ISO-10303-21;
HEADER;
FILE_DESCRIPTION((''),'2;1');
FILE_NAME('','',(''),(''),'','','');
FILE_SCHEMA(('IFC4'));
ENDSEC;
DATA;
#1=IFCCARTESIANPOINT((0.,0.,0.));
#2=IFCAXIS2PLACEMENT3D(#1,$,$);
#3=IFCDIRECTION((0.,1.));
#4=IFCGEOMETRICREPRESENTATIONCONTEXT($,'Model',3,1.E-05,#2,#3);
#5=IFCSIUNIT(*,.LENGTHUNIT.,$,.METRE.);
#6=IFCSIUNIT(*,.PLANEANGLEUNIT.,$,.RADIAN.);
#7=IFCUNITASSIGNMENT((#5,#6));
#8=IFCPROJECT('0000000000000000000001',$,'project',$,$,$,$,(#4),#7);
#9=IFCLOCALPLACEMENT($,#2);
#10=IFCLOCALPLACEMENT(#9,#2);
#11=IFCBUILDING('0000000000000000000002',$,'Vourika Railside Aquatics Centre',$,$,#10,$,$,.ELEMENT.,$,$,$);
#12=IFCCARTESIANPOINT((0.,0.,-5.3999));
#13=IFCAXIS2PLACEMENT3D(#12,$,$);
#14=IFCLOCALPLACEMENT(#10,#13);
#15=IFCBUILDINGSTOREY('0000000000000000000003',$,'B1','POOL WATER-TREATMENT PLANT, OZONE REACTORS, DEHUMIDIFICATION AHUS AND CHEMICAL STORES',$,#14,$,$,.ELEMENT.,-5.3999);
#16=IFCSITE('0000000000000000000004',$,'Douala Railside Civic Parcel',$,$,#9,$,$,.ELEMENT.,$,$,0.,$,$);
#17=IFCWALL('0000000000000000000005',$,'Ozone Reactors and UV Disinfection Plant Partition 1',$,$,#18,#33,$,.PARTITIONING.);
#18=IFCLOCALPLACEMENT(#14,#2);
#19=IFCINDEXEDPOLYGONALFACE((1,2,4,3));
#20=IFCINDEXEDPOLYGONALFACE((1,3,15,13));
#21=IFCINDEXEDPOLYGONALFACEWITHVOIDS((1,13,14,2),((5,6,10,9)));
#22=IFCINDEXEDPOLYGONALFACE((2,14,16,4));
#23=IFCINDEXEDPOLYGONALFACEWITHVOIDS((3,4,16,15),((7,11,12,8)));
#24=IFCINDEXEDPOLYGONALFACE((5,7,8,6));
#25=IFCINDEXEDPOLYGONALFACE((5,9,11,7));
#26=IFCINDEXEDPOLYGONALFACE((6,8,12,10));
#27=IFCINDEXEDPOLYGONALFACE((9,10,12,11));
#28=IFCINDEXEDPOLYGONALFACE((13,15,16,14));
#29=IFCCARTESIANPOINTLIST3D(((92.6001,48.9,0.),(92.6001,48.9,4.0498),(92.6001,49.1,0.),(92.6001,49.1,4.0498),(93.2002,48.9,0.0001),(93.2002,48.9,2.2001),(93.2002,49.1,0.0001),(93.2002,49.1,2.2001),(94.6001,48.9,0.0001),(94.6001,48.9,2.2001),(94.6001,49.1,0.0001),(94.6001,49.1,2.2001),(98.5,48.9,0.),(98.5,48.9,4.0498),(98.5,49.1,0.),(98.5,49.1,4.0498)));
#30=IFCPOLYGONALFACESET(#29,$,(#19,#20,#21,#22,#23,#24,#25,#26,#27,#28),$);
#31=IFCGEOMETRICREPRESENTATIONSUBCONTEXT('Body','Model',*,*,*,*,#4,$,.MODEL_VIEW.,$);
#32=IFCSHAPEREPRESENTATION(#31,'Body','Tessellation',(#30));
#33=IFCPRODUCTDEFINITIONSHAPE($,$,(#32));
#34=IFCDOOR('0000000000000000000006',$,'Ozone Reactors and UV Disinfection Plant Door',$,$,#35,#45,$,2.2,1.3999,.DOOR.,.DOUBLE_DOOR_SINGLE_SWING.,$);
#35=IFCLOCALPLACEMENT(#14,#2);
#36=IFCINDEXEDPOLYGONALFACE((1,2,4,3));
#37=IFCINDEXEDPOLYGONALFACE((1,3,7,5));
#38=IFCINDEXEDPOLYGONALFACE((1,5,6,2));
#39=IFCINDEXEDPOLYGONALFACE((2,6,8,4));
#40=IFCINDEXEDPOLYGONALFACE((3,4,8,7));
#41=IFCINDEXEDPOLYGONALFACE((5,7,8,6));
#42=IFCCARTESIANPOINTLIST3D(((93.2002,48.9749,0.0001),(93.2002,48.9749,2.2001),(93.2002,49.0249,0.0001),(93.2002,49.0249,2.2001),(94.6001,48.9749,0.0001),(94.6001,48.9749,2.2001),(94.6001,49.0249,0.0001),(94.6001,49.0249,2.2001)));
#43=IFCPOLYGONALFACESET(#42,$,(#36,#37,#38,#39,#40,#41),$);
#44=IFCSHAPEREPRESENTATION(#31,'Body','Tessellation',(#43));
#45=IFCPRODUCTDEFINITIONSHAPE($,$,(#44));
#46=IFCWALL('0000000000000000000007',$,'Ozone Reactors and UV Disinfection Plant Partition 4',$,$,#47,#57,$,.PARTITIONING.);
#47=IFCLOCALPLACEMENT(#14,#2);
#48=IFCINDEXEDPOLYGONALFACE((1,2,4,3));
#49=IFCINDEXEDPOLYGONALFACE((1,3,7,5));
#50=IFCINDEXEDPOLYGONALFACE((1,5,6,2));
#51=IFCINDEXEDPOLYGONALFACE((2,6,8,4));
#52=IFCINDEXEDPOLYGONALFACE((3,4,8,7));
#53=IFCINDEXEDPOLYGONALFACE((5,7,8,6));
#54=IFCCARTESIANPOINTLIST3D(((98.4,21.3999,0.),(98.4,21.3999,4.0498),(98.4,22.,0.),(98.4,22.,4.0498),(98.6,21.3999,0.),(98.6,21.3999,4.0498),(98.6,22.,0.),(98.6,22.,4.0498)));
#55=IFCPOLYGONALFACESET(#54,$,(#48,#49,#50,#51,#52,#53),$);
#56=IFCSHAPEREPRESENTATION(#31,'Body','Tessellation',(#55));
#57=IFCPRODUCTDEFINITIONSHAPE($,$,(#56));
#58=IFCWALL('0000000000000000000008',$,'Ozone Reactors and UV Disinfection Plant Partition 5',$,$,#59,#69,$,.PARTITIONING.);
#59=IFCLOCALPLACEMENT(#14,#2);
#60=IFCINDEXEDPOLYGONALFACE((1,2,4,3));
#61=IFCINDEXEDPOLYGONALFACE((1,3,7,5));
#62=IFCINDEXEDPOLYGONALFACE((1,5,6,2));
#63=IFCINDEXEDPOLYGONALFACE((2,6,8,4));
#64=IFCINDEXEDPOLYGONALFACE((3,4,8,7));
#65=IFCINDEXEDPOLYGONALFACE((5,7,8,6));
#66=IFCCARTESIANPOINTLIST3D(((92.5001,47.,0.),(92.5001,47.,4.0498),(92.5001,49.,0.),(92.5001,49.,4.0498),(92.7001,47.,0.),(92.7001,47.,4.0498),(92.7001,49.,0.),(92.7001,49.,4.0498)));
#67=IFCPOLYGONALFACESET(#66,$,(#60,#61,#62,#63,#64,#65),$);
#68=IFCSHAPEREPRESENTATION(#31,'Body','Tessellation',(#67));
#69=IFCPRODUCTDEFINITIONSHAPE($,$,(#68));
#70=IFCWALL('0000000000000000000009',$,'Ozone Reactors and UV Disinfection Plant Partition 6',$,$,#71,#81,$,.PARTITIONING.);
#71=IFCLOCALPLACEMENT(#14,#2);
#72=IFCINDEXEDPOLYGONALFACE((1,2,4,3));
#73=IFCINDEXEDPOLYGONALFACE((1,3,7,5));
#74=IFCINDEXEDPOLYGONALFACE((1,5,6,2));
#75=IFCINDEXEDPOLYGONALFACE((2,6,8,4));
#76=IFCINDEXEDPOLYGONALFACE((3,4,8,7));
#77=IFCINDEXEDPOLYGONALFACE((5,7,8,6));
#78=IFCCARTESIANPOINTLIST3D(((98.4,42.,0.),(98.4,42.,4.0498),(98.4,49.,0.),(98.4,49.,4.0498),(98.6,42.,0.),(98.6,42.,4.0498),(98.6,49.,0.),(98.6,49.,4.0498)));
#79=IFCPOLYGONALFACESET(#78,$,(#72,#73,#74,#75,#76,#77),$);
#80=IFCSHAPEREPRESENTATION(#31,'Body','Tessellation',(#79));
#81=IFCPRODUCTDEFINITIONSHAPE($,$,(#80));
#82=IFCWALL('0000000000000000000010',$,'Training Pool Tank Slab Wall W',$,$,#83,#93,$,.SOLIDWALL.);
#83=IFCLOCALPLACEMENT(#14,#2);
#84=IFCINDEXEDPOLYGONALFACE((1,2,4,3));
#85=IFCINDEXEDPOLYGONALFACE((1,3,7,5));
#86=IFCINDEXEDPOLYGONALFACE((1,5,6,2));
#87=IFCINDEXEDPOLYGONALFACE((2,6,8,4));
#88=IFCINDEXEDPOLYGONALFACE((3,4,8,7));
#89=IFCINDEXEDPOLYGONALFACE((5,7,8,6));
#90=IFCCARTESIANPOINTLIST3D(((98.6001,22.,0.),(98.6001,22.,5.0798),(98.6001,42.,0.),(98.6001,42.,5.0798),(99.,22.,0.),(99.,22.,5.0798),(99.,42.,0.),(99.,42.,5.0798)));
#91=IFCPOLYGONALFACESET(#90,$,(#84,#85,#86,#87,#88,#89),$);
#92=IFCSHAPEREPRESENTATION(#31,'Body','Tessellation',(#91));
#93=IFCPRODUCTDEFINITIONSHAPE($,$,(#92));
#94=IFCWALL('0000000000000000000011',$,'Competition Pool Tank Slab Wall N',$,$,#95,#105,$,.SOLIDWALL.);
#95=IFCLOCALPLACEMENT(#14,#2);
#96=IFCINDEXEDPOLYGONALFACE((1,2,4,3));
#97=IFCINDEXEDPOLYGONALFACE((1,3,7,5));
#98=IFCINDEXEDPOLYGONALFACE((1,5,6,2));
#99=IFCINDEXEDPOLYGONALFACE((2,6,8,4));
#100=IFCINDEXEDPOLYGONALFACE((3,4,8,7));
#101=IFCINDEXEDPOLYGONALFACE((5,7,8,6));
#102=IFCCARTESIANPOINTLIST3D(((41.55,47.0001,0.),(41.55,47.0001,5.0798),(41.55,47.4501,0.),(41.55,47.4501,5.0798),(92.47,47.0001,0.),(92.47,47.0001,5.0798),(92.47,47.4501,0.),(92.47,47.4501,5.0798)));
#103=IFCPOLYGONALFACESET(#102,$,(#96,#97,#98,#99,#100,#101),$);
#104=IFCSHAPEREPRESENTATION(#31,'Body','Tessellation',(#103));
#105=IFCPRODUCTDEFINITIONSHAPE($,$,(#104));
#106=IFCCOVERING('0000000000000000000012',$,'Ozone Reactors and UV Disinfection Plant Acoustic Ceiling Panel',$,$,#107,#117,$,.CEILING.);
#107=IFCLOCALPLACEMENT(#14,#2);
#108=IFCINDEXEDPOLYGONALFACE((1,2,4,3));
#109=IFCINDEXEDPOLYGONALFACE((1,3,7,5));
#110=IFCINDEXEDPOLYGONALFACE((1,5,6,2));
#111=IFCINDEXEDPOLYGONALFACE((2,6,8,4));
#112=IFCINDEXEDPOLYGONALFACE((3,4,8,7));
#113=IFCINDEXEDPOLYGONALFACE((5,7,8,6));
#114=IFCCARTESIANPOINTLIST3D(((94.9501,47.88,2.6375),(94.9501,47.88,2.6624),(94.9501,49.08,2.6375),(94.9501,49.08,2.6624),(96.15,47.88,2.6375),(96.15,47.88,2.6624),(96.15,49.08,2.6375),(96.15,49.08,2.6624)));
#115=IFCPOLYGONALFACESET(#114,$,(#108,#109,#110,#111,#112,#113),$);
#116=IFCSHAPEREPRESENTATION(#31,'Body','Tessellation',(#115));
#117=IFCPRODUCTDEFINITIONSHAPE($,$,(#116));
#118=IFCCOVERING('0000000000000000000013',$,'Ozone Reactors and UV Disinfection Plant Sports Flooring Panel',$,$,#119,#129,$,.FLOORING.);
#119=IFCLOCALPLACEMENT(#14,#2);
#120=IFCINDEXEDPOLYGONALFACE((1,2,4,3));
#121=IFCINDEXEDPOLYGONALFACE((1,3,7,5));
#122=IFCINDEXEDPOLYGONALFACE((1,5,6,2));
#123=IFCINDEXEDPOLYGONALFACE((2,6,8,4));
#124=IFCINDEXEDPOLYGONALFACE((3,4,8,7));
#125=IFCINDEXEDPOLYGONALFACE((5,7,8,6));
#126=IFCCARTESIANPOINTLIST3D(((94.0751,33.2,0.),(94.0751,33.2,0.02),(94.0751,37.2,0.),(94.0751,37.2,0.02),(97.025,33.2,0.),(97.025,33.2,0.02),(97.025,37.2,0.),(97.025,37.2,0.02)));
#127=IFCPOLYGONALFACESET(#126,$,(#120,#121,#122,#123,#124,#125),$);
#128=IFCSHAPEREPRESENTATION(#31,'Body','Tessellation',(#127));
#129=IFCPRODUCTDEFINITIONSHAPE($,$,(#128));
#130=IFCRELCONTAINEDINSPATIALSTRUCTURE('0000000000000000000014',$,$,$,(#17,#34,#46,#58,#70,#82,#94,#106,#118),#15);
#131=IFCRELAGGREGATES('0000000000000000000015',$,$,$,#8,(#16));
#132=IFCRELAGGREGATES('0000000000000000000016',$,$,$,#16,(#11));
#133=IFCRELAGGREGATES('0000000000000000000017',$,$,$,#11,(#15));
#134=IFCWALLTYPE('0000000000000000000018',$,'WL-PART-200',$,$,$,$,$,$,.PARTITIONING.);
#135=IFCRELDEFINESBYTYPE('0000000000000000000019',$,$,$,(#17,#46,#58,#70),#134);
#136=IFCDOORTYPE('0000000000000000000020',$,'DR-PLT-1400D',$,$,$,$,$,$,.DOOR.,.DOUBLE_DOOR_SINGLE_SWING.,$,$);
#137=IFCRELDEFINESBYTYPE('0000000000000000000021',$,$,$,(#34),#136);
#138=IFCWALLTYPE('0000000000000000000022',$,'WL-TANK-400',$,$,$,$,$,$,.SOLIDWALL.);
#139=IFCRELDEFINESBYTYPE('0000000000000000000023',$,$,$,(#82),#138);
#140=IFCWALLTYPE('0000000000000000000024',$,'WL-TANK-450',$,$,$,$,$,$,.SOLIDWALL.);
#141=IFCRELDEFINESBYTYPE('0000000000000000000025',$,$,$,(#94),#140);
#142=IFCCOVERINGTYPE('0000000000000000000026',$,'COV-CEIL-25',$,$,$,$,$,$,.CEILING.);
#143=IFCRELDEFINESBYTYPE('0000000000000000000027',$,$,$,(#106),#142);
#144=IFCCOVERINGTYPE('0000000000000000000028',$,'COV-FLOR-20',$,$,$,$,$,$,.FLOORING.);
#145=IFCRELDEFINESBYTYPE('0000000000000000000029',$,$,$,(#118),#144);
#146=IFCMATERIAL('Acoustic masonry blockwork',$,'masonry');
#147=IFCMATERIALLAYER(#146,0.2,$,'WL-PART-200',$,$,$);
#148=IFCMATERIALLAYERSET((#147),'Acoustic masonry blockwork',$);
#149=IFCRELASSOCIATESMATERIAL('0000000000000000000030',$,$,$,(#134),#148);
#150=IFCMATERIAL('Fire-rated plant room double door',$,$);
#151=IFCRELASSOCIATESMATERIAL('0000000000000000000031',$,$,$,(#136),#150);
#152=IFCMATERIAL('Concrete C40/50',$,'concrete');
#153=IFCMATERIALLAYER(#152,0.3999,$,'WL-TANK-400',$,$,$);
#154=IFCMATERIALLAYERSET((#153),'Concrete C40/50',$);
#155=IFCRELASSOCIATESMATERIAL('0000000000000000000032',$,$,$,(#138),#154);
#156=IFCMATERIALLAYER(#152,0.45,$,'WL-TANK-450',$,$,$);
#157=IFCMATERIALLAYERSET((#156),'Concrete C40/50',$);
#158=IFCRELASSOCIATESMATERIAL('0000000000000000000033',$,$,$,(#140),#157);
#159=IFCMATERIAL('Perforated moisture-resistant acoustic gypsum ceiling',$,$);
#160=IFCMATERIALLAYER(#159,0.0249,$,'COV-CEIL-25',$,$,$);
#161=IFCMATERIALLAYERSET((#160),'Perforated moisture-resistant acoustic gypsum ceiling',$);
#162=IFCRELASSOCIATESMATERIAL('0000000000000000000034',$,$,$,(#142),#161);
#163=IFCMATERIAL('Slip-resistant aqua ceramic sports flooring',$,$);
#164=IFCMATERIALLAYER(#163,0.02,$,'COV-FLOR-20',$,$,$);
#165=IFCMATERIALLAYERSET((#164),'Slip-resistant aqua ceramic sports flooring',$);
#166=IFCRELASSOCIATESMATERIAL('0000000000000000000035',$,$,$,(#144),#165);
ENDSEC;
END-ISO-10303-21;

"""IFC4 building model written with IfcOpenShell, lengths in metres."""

from ifc_helpers import new_model, si_unit, direction, frame, frame_2d, origin, origin_2d, place, context, subcontext, project, spatial, rectangle, extrude, material, layer, layer_set, type_object, element, fill, save


model = new_model("IFC4")

# Units and contexts
model_context = context("Model", 3, precision=1e-05, world=origin(), true_north=direction((0.0, 1.0)))
body_context = subcontext(model_context, "Body", "Model", "MODEL_VIEW")
ifc_project = project(units=[si_unit("LENGTHUNIT", "METRE"), si_unit("PLANEANGLEUNIT", "RADIAN")], contexts=[model_context])

# Site, building, storey
site_placement = place(None, origin())
site = spatial("IfcSite", under=ifc_project, at=site_placement, Name="Douala Railside Civic Parcel", CompositionType="ELEMENT", RefElevation=0.0)
building_placement = place(site_placement, origin())
building = spatial("IfcBuilding", under=site, at=building_placement, Name="Vourika Railside Aquatics Centre", CompositionType="ELEMENT")
storey_placement = place(building_placement, frame((0.0, 0.0, -5.3999)))
storey = spatial("IfcBuildingStorey", under=building, at=storey_placement, Name="B1", Description="POOL WATER-TREATMENT PLANT, OZONE REACTORS, DEHUMIDIFICATION AHUS AND CHEMICAL STORES", CompositionType="ELEMENT", Elevation=-5.3999)

# Shared definitions
ifc_material_1 = material(Name="Concrete C40/50", Category="concrete")

# Wall, opening, door
ifc_material_2 = material(Name="Acoustic masonry blockwork", Category="masonry")
ifc_layer_1 = layer(ifc_material_2, 0.2, Name="WL-PART-200")
ifc_layer_set_1 = layer_set([ifc_layer_1], Name="Acoustic masonry blockwork")
wall_type_1 = type_object("IfcWallType", Name="WL-PART-200", PredefinedType="PARTITIONING", material=ifc_layer_set_1)
wall_1_placement = place(storey_placement, frame((92.6001, 49.0, 0.0), z_axis=(0.0, 0.0, 1.0), x_axis=(1.0, 0.0, 0.0)))
wall_1 = element("IfcWall", 1, at=wall_1_placement, inside=storey, type_object=wall_type_1, Name="Ozone Reactors and UV Disinfection Plant Partition 1", PredefinedType="PARTITIONING", context=body_context, shape_type="SweptSolid", body=[
    extrude(rectangle(XDim=5.8999, YDim=0.2, at=frame_2d((2.95, 0.0))), origin(), (0.0, 0.0, 1.0), 4.0498),
])
opening_placement = place(wall_1_placement, frame((0.6001, 0.0, 0.0)))
opening = element("IfcOpeningElement", 2, at=opening_placement, cuts=wall_1, PredefinedType="OPENING", context=body_context, shape_type="SweptSolid", body=[
    extrude(rectangle(XDim=1.3999, YDim=2.2, at=frame_2d((0.7, 1.1001))), frame((0.0, 0.1099, 0.0), z_axis=(0.0, -1.0, 0.0), x_axis=(1.0, 0.0, 0.0)), (0.0, 0.0, 1.0), 0.22),
])
ifc_material_3 = material(Name="Fire-rated plant room double door")
door_type = type_object("IfcDoorType", Name="DR-PLT-1400D", OperationType="DOUBLE_DOOR_SINGLE_SWING", PredefinedType="DOOR", material=ifc_material_3)
door_placement = place(opening_placement, origin())
door = element("IfcDoor", 3, at=door_placement, inside=storey, type_object=door_type, Name="Ozone Reactors and UV Disinfection Plant Door", OperationType="DOUBLE_DOOR_SINGLE_SWING", OverallHeight=2.2, OverallWidth=1.3999, PredefinedType="DOOR", context=body_context, shape_type="SweptSolid", body=[
    extrude(rectangle(XDim=1.3999, YDim=2.2, at=frame_2d((0.7, 1.1001))), frame((0.0, 0.0249, 0.0), z_axis=(0.0, -1.0, 0.0), x_axis=(1.0, 0.0, 0.0)), (0.0, 0.0, 1.0), 0.05),
])
fill(opening, door)

# Walls
wall_2_placement = place(storey_placement, frame((98.5, 22.0, 0.0), z_axis=(0.0, 0.0, 1.0), x_axis=(0.0, -1.0, 0.0)))
element("IfcWall", 4, at=wall_2_placement, inside=storey, type_object=wall_type_1, Name="Ozone Reactors and UV Disinfection Plant Partition 4", PredefinedType="PARTITIONING", context=body_context, shape_type="SweptSolid", body=[
    extrude(rectangle(XDim=0.6001, YDim=0.2, at=frame_2d((0.3, 0.0))), origin(), (0.0, 0.0, 1.0), 4.0498),
])
wall_3_placement = place(storey_placement, frame((92.6001, 47.0, 0.0), z_axis=(0.0, 0.0, 1.0), x_axis=(0.0, 1.0, 0.0)))
element("IfcWall", 5, at=wall_3_placement, inside=storey, type_object=wall_type_1, Name="Ozone Reactors and UV Disinfection Plant Partition 5", PredefinedType="PARTITIONING", context=body_context, shape_type="SweptSolid", body=[
    extrude(rectangle(XDim=2.0, YDim=0.2, at=frame_2d((1.0, 0.0))), origin(), (0.0, 0.0, 1.0), 4.0498),
])
wall_4_placement = place(storey_placement, frame((98.5, 49.0, 0.0), z_axis=(0.0, 0.0, 1.0), x_axis=(0.0, -1.0, 0.0)))
element("IfcWall", 6, at=wall_4_placement, inside=storey, type_object=wall_type_1, Name="Ozone Reactors and UV Disinfection Plant Partition 6", PredefinedType="PARTITIONING", context=body_context, shape_type="SweptSolid", body=[
    extrude(rectangle(XDim=7.0, YDim=0.2, at=frame_2d((3.5, 0.0))), origin(), (0.0, 0.0, 1.0), 4.0498),
])
ifc_layer_2 = layer(ifc_material_1, 0.3999, Name="WL-TANK-400")
ifc_layer_set_2 = layer_set([ifc_layer_2], Name="Concrete C40/50")
wall_type_2 = type_object("IfcWallType", Name="WL-TANK-400", PredefinedType="SOLIDWALL", material=ifc_layer_set_2)
wall_5_placement = place(storey_placement, frame((98.8, 42.0, 0.0), z_axis=(0.0, 0.0, 1.0), x_axis=(0.0, -1.0, 0.0)))
element("IfcWall", 7, at=wall_5_placement, inside=storey, type_object=wall_type_2, Name="Training Pool Tank Slab Wall W", PredefinedType="SOLIDWALL", context=body_context, shape_type="SweptSolid", body=[
    extrude(rectangle(XDim=20.0, YDim=0.3999, at=frame_2d((10.0, 0.0))), origin(), (0.0, 0.0, 1.0), 5.0798),
])
ifc_layer_3 = layer(ifc_material_1, 0.45, Name="WL-TANK-450")
ifc_layer_set_3 = layer_set([ifc_layer_3], Name="Concrete C40/50")
wall_type_3 = type_object("IfcWallType", Name="WL-TANK-450", PredefinedType="SOLIDWALL", material=ifc_layer_set_3)
wall_6_placement = place(storey_placement, frame((92.47, 47.2251, 0.0), z_axis=(0.0, 0.0, 1.0), x_axis=(-1.0, 0.0, 0.0)))
element("IfcWall", 8, at=wall_6_placement, inside=storey, type_object=wall_type_3, Name="Competition Pool Tank Slab Wall N", PredefinedType="SOLIDWALL", context=body_context, shape_type="SweptSolid", body=[
    extrude(rectangle(XDim=50.9199, YDim=0.45, at=frame_2d((25.46, 0.0))), origin(), (0.0, 0.0, 1.0), 5.0798),
])

# Coverings
ifc_material_4 = material(Name="Perforated moisture-resistant acoustic gypsum ceiling")
ifc_layer_4 = layer(ifc_material_4, 0.0249, Name="COV-CEIL-25")
ifc_layer_set_4 = layer_set([ifc_layer_4], Name="Perforated moisture-resistant acoustic gypsum ceiling")
covering_type_1 = type_object("IfcCoveringType", Name="COV-CEIL-25", PredefinedType="CEILING", material=ifc_layer_set_4)
covering_1_placement = place(storey_placement, frame((95.55, 48.48, 2.6375), z_axis=(0.0, 0.0, 1.0), x_axis=(1.0, 0.0, 0.0)))
element("IfcCovering", 9, at=covering_1_placement, inside=storey, type_object=covering_type_1, Name="Ozone Reactors and UV Disinfection Plant Acoustic Ceiling Panel", PredefinedType="CEILING", context=body_context, shape_type="SweptSolid", body=[
    extrude(rectangle(XDim=1.2, YDim=1.2, at=origin_2d()), origin(), (0.0, 0.0, 1.0), 0.0249),
])
ifc_material_5 = material(Name="Slip-resistant aqua ceramic sports flooring")
ifc_layer_5 = layer(ifc_material_5, 0.02, Name="COV-FLOR-20")
ifc_layer_set_5 = layer_set([ifc_layer_5], Name="Slip-resistant aqua ceramic sports flooring")
covering_type_2 = type_object("IfcCoveringType", Name="COV-FLOR-20", PredefinedType="FLOORING", material=ifc_layer_set_5)
covering_2_placement = place(storey_placement, frame((95.55, 35.2, 0.0), z_axis=(0.0, 0.0, 1.0), x_axis=(1.0, 0.0, 0.0)))
element("IfcCovering", 10, at=covering_2_placement, inside=storey, type_object=covering_type_2, Name="Ozone Reactors and UV Disinfection Plant Sports Flooring Panel", PredefinedType="FLOORING", context=body_context, shape_type="SweptSolid", body=[
    extrude(rectangle(XDim=2.95, YDim=4.0, at=origin_2d()), origin(), (0.0, 0.0, 1.0), 0.02),
])

save(model, "model.ifc")
